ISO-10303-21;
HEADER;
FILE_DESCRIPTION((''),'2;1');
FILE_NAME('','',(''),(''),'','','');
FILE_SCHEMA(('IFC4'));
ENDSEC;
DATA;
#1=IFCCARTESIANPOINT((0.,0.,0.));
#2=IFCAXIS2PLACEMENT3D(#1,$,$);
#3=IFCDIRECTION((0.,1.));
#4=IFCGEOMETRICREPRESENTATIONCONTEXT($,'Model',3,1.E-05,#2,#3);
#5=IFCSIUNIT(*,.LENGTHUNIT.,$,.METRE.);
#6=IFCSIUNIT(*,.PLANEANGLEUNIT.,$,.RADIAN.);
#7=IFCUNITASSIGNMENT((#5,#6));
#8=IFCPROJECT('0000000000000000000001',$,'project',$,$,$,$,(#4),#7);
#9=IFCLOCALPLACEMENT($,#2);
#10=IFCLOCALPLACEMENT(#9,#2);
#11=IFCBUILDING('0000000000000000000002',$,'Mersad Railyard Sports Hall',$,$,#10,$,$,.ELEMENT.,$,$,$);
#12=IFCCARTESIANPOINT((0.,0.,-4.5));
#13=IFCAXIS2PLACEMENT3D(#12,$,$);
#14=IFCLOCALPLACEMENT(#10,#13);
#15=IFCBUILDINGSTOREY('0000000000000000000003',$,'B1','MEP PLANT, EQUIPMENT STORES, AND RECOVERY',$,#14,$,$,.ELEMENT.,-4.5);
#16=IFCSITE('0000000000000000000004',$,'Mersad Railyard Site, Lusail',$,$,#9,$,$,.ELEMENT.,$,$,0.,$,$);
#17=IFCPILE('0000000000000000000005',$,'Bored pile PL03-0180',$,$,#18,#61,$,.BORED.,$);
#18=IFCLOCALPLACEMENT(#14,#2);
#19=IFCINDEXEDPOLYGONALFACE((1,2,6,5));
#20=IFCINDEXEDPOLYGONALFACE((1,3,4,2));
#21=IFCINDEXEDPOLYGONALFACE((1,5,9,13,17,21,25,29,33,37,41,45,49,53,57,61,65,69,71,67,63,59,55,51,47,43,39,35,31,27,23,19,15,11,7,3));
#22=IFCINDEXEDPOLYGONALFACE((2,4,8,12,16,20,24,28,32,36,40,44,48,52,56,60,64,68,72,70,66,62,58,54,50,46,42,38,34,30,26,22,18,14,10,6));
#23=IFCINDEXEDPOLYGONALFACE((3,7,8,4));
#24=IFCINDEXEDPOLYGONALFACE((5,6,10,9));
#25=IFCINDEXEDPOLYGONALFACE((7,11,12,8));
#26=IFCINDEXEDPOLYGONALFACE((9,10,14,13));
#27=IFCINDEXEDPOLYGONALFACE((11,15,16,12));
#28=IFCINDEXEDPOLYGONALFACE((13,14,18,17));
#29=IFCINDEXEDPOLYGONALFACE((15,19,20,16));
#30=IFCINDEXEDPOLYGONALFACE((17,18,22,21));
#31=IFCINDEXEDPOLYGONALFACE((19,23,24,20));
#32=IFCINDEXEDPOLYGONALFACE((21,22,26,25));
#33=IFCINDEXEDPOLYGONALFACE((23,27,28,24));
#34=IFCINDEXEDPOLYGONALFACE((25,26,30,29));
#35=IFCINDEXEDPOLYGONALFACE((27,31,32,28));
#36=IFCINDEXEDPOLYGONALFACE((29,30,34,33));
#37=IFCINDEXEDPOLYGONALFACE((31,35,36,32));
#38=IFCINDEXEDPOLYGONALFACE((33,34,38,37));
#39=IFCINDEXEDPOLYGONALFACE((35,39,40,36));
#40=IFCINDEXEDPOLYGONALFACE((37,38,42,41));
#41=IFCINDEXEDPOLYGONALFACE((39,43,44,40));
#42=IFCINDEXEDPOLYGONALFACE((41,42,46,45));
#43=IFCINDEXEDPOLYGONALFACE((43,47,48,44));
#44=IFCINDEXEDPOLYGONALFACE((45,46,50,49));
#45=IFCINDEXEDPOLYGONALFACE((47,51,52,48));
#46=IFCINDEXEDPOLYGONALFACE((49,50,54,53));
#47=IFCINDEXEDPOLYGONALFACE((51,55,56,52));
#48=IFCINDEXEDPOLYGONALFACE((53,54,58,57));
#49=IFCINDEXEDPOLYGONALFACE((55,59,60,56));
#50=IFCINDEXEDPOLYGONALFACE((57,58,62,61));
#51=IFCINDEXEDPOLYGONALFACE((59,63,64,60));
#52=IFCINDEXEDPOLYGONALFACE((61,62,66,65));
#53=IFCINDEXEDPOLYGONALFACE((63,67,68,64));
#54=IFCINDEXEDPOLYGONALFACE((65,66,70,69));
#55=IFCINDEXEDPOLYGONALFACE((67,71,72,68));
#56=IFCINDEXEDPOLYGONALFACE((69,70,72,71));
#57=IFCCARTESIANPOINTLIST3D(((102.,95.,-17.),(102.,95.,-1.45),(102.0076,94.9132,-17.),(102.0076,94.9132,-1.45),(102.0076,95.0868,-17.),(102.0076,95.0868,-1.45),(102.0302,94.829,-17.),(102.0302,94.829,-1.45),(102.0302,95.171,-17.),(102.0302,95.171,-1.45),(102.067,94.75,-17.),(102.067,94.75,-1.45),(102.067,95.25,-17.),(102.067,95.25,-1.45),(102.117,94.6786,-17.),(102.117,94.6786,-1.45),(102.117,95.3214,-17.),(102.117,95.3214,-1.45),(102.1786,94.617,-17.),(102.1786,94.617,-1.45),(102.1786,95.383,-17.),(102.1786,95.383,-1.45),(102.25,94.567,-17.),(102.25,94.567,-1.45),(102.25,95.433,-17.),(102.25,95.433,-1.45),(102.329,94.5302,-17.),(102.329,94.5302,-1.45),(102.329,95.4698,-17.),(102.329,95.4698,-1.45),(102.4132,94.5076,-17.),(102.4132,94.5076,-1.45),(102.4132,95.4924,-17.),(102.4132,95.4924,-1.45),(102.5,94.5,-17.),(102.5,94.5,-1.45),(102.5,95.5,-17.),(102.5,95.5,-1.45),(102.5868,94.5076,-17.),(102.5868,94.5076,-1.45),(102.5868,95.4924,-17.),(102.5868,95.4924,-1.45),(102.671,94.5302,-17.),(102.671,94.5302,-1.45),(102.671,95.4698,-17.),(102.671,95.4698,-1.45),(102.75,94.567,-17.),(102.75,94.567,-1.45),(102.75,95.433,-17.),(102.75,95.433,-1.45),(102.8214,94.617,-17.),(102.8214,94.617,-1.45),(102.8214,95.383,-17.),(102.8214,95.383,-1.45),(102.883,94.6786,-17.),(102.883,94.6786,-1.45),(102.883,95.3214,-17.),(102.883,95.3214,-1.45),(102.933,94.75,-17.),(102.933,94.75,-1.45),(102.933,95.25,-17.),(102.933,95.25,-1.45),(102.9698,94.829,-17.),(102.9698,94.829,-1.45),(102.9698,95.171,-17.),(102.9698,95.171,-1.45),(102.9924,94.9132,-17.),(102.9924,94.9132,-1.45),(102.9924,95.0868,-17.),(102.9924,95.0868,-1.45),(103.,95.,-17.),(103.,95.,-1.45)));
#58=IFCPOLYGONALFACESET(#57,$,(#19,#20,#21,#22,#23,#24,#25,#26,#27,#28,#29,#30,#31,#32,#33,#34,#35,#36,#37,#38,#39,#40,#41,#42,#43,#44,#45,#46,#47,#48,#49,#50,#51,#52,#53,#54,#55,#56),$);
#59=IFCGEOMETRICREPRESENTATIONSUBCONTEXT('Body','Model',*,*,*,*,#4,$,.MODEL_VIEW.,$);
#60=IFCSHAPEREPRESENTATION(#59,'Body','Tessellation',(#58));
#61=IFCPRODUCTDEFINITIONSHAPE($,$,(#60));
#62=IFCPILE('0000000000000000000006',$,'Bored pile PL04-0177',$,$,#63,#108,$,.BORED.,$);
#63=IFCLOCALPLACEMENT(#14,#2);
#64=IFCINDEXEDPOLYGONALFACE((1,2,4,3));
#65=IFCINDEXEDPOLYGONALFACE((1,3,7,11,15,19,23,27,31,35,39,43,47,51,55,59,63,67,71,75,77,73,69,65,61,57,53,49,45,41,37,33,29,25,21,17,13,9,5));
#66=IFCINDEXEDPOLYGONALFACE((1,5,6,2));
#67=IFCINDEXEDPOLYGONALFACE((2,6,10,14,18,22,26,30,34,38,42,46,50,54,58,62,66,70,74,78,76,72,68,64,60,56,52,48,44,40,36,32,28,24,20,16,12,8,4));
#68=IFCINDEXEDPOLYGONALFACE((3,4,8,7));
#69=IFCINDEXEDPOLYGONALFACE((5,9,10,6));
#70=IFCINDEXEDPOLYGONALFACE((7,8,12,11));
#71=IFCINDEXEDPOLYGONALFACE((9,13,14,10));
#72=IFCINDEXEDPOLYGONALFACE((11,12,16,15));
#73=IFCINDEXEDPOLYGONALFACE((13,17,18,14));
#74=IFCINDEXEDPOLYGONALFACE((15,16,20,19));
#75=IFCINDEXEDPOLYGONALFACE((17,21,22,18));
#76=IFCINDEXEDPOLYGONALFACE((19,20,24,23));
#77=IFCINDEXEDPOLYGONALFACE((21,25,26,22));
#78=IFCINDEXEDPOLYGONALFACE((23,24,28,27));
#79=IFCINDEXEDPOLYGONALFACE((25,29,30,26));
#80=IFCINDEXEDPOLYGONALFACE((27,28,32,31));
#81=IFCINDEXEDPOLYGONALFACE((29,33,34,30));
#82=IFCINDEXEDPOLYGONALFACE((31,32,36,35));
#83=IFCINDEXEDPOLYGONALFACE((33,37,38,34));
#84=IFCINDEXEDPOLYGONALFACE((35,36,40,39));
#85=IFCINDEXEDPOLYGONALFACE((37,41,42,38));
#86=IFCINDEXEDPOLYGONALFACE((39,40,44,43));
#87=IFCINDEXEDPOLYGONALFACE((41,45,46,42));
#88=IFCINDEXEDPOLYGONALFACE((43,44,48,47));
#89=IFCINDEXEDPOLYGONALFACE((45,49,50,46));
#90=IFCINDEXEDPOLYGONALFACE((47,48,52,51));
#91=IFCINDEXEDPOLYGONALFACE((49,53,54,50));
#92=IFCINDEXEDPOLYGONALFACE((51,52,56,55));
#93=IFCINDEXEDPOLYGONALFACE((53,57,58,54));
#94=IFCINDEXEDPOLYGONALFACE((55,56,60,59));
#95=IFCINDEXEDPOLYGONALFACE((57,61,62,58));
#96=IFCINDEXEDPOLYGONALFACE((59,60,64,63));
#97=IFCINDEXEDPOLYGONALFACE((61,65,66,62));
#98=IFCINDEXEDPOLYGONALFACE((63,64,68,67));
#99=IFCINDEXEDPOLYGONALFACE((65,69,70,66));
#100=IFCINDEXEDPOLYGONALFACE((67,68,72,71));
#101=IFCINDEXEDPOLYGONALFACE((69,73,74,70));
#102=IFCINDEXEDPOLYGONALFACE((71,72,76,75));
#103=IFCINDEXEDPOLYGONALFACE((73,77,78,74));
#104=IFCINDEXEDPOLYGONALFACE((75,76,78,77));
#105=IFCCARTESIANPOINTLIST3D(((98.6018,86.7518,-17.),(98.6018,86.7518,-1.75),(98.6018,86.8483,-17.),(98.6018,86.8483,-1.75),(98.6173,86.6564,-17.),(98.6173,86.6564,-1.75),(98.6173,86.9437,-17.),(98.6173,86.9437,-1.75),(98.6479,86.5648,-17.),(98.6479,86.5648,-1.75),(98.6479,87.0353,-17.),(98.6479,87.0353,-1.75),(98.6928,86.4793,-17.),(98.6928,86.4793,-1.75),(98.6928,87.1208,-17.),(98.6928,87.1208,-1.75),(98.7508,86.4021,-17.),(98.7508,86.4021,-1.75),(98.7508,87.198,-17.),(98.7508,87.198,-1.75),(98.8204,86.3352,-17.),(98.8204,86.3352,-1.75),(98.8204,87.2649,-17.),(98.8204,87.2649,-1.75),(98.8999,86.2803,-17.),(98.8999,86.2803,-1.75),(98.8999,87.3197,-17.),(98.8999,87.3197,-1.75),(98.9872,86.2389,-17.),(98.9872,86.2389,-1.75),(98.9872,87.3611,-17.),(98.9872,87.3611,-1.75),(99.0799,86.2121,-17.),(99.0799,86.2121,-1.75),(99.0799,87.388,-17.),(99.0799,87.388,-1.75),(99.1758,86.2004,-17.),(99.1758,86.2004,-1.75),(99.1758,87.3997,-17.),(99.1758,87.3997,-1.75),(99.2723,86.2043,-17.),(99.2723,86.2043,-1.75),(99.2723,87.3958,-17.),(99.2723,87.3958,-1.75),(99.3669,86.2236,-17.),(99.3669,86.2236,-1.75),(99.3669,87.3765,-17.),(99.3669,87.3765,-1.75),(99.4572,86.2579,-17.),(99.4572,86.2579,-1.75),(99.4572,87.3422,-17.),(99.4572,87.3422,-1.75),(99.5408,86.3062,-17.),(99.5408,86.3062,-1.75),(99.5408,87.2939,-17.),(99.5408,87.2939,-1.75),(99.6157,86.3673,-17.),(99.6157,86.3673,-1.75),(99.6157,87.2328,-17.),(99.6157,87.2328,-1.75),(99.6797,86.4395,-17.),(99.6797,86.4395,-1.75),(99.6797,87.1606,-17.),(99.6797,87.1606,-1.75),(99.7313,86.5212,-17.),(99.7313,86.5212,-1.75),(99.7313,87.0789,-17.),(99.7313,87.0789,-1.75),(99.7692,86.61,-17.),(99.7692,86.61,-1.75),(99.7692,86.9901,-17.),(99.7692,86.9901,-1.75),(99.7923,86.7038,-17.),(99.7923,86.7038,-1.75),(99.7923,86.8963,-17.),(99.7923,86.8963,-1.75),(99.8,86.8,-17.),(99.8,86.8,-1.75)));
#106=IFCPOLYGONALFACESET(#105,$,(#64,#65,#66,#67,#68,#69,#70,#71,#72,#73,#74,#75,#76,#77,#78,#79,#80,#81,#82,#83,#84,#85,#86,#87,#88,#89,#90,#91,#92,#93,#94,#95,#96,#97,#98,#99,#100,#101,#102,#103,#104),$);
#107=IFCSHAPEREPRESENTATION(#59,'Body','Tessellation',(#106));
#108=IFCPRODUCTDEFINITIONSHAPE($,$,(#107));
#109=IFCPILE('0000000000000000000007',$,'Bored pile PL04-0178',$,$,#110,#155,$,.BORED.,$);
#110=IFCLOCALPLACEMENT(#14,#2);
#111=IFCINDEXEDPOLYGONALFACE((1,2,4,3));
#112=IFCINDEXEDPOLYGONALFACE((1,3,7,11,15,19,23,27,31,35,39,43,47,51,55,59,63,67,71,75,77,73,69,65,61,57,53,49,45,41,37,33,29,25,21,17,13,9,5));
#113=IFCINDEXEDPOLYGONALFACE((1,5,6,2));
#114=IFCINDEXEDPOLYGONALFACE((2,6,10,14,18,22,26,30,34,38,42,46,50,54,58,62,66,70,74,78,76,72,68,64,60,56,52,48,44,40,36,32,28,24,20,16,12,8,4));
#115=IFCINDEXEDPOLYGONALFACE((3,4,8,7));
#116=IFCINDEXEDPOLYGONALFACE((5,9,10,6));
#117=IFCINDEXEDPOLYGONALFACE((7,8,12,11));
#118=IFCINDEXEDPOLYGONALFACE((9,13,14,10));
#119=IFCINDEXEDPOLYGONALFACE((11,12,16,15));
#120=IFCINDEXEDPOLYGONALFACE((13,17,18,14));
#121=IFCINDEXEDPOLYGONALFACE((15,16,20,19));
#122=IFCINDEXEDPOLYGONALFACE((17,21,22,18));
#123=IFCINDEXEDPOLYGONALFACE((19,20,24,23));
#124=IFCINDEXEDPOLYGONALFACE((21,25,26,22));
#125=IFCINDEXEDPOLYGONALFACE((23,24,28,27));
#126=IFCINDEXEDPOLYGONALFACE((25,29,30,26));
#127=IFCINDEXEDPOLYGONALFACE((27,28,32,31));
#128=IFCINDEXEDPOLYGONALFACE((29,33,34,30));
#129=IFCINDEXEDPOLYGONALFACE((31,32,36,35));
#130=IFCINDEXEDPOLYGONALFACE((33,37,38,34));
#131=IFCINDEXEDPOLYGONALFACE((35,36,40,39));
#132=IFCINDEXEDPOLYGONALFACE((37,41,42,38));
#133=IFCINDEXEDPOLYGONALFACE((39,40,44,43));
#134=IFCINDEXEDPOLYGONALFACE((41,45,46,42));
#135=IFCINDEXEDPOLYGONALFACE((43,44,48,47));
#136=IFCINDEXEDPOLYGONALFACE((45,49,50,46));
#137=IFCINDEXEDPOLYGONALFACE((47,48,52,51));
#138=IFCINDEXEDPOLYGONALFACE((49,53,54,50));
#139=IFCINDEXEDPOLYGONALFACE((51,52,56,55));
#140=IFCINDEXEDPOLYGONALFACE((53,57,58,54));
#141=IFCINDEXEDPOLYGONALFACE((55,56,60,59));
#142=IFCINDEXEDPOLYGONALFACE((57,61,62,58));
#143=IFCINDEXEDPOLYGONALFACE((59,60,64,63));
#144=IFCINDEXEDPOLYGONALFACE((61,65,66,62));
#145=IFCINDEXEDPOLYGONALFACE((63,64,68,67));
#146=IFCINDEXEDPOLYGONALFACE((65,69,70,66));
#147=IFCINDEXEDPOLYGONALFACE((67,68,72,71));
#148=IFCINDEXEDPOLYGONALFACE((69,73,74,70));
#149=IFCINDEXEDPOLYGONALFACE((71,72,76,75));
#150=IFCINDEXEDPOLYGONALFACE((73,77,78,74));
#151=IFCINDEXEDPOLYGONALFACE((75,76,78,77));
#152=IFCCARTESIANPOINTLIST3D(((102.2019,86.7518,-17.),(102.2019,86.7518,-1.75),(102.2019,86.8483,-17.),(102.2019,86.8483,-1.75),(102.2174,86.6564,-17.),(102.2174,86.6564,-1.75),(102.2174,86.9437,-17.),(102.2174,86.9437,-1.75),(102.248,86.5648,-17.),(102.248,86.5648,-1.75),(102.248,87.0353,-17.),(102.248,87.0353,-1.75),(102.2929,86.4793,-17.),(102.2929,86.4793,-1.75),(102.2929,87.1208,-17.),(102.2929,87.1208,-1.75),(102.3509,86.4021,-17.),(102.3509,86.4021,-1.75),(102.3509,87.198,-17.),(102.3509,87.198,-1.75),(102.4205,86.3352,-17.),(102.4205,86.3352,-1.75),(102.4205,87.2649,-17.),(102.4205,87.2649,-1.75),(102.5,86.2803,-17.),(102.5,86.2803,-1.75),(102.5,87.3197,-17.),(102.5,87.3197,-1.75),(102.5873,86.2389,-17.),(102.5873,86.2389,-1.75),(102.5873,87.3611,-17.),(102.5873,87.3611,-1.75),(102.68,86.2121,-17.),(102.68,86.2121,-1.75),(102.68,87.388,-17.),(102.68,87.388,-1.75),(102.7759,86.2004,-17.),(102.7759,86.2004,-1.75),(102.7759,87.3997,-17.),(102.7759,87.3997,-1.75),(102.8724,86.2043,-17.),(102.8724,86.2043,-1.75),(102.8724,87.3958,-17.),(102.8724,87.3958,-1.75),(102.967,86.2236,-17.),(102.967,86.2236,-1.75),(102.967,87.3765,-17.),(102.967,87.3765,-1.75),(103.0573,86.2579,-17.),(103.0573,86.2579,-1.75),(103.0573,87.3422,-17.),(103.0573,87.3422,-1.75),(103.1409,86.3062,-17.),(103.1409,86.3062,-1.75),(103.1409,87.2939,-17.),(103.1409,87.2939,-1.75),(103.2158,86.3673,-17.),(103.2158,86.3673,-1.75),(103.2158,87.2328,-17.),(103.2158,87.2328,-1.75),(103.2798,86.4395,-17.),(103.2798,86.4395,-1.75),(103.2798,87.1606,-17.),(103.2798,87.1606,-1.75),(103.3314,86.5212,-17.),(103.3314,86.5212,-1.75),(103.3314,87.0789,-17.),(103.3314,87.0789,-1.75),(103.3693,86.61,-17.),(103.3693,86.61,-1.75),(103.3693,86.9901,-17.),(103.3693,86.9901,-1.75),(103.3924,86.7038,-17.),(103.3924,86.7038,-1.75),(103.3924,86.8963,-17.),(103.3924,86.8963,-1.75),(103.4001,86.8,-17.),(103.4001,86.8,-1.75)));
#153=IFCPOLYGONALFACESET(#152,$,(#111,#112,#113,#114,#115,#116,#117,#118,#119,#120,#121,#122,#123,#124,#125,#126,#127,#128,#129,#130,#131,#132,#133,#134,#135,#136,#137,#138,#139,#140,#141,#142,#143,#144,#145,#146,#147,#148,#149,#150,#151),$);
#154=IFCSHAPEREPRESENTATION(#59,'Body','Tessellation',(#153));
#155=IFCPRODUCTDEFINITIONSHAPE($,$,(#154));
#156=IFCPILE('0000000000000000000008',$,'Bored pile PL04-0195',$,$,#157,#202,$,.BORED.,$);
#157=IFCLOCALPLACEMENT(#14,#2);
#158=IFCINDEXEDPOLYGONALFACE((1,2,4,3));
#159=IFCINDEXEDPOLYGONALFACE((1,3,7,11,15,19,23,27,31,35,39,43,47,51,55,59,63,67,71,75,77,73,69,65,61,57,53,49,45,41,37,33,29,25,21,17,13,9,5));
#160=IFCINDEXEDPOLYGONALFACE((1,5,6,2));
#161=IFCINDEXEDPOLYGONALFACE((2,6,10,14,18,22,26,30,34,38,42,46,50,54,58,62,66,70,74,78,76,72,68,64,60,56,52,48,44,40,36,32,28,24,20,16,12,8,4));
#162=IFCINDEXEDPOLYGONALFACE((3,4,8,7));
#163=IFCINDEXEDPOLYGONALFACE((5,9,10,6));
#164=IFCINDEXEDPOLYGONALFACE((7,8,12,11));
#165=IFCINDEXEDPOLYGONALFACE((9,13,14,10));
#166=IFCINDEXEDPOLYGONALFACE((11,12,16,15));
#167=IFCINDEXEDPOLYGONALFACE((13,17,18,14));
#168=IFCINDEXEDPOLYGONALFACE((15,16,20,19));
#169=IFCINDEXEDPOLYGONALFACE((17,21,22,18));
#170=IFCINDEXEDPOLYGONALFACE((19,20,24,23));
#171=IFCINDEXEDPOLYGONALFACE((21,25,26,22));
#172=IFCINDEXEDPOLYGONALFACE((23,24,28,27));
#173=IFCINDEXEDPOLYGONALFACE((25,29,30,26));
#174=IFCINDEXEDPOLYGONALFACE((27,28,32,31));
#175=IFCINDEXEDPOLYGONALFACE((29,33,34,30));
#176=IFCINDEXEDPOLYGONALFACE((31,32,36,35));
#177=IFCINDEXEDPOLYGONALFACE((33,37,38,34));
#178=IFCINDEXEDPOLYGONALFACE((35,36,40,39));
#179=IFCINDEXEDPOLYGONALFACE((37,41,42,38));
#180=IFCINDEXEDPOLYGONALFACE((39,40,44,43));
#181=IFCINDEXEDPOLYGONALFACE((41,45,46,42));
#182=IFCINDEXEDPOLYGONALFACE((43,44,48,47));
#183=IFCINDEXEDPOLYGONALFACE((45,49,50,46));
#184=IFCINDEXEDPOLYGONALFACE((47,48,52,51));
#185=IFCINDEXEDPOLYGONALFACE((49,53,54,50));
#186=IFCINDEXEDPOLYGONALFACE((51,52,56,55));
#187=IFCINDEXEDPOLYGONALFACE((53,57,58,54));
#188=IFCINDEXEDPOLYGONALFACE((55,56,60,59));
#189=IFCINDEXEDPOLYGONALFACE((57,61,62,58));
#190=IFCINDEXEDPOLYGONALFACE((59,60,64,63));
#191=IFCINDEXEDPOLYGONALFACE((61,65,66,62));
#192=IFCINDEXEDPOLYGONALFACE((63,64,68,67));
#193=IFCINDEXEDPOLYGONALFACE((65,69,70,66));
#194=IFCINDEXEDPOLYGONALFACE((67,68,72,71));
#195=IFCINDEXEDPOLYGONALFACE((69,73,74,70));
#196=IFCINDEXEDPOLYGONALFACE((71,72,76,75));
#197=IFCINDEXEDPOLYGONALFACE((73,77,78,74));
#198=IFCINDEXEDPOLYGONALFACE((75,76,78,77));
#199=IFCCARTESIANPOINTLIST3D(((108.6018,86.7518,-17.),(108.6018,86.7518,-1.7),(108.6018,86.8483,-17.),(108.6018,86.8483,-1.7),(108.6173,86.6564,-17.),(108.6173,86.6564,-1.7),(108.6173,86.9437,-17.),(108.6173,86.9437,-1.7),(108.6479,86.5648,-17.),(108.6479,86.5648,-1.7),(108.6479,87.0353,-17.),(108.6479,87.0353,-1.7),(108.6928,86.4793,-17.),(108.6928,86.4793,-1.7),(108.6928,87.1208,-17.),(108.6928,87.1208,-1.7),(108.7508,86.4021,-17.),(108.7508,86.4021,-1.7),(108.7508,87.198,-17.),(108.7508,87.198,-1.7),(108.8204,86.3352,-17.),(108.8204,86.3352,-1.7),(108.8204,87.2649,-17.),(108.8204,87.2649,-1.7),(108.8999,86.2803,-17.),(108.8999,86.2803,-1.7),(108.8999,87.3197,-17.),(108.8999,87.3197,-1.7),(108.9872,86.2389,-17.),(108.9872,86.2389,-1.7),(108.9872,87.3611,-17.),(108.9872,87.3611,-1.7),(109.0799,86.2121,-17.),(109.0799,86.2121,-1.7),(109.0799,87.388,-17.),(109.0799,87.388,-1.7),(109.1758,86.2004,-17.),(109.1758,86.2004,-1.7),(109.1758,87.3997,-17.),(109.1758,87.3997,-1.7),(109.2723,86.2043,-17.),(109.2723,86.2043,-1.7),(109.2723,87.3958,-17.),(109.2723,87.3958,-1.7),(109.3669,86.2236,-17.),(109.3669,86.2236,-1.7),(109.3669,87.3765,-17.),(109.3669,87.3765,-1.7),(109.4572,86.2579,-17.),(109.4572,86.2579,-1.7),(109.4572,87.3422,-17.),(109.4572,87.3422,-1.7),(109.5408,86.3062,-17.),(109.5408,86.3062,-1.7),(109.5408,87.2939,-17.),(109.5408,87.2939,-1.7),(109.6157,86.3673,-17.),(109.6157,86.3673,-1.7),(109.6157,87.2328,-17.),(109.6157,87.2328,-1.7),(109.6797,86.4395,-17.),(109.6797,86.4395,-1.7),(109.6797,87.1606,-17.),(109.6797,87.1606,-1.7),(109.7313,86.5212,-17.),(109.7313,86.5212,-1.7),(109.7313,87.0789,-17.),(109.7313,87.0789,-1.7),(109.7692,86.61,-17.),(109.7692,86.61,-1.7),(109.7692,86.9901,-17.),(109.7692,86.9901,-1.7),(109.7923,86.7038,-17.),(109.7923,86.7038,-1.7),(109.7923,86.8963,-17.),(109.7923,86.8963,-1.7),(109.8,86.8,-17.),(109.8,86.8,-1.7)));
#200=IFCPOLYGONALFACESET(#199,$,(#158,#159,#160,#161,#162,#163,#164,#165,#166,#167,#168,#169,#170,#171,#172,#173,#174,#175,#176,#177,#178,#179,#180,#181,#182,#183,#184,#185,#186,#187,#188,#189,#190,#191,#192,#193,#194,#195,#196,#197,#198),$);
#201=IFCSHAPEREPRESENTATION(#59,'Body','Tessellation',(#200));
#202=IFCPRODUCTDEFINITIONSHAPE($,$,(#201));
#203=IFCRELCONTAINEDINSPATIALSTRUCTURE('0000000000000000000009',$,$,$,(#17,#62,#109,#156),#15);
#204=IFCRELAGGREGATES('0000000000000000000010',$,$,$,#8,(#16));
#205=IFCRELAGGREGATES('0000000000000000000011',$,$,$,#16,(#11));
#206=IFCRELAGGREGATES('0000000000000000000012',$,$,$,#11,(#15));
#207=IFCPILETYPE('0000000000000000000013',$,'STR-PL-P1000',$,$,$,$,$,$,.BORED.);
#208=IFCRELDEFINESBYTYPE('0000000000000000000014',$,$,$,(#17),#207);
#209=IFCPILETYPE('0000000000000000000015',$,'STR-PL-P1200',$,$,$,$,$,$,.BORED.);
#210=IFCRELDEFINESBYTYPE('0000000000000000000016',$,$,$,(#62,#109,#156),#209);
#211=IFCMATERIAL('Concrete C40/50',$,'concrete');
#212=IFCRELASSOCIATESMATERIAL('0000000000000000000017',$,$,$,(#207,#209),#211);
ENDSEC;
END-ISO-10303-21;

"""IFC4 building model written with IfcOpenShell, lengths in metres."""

from ifc_helpers import new_model, si_unit, direction, frame, origin, origin_2d, place, context, subcontext, project, spatial, circle, extrude, material, material_profile, profile_set, type_object, element, save


model = new_model("IFC4")

# Units and contexts
model_context = context("Model", 3, precision=1e-05, world=origin(), true_north=direction((0.0, 1.0)))
body_context = subcontext(model_context, "Body", "Model", "MODEL_VIEW")
ifc_project = project(units=[si_unit("LENGTHUNIT", "METRE"), si_unit("PLANEANGLEUNIT", "RADIAN")], contexts=[model_context])

# Site, building, storey
site_placement = place(None, origin())
site = spatial("IfcSite", under=ifc_project, at=site_placement, Name="Mersad Railyard Site, Lusail", CompositionType="ELEMENT", RefElevation=0.0)
building_placement = place(site_placement, origin())
building = spatial("IfcBuilding", under=site, at=building_placement, Name="Mersad Railyard Sports Hall", CompositionType="ELEMENT")
storey_placement = place(building_placement, frame((0.0, 0.0, -4.5)))
storey = spatial("IfcBuildingStorey", under=building, at=storey_placement, Name="B1", Description="MEP PLANT, EQUIPMENT STORES, AND RECOVERY", CompositionType="ELEMENT", Elevation=-4.5)

# Shared definitions
ifc_material_1 = material(Name="Concrete C40/50", Category="concrete")

# Piles
ifc_material_profile_1 = material_profile(ifc_material_1, circle(Radius=0.5, at=origin_2d()), Name="BORED PILE D1000")
ifc_profile_set_1 = profile_set([ifc_material_profile_1], Name="Concrete C40/50")
pile_type_1 = type_object("IfcPileType", Name="STR-PL-P1000", PredefinedType="BORED", material=ifc_profile_set_1)
for number, where, z_axis, x_axis, name in (
    (1, (102.5, 95.0, -1.45), (0.0, 0.0, -1.0), (1.0, 0.0, 0.0), "Bored pile PL03-0180"),
):
    element("IfcPile", number, at=place(storey_placement, frame(where, z_axis=z_axis, x_axis=x_axis)), inside=storey, type_object=pile_type_1, Name=name, PredefinedType="BORED", context=body_context, shape_type="SweptSolid", body=[
        extrude(circle(Radius=0.5, at=origin_2d()), origin(), (0.0, 0.0, 1.0), 15.55),
    ])
ifc_material_profile_2 = material_profile(ifc_material_1, circle(Radius=0.6001, at=origin_2d()), Name="BORED PILE D1200")
ifc_profile_set_2 = profile_set([ifc_material_profile_2], Name="Concrete C40/50")
pile_type_2 = type_object("IfcPileType", Name="STR-PL-P1200", PredefinedType="BORED", material=ifc_profile_set_2)
for number, where, z_axis, x_axis, name in (
    (2, (99.2, 86.8, -1.75), (0.0, 0.0, -1.0), (1.0, 0.0, 0.0), "Bored pile PL04-0177"),
    (3, (102.8, 86.8, -1.75), (0.0, 0.0, -1.0), (1.0, 0.0, 0.0), "Bored pile PL04-0178"),
):
    element("IfcPile", number, at=place(storey_placement, frame(where, z_axis=z_axis, x_axis=x_axis)), inside=storey, type_object=pile_type_2, Name=name, PredefinedType="BORED", context=body_context, shape_type="SweptSolid", body=[
        extrude(circle(Radius=0.6001, at=origin_2d()), origin(), (0.0, 0.0, 1.0), 15.25),
    ])
pile_1_placement = place(storey_placement, frame((109.2, 86.8, -1.7), z_axis=(0.0, 0.0, -1.0), x_axis=(1.0, 0.0, 0.0)))
element("IfcPile", 4, at=pile_1_placement, inside=storey, type_object=pile_type_2, Name="Bored pile PL04-0195", PredefinedType="BORED", context=body_context, shape_type="SweptSolid", body=[
    extrude(circle(Radius=0.6001, at=origin_2d()), origin(), (0.0, 0.0, 1.0), 15.3),
])

save(model, "model.ifc")
